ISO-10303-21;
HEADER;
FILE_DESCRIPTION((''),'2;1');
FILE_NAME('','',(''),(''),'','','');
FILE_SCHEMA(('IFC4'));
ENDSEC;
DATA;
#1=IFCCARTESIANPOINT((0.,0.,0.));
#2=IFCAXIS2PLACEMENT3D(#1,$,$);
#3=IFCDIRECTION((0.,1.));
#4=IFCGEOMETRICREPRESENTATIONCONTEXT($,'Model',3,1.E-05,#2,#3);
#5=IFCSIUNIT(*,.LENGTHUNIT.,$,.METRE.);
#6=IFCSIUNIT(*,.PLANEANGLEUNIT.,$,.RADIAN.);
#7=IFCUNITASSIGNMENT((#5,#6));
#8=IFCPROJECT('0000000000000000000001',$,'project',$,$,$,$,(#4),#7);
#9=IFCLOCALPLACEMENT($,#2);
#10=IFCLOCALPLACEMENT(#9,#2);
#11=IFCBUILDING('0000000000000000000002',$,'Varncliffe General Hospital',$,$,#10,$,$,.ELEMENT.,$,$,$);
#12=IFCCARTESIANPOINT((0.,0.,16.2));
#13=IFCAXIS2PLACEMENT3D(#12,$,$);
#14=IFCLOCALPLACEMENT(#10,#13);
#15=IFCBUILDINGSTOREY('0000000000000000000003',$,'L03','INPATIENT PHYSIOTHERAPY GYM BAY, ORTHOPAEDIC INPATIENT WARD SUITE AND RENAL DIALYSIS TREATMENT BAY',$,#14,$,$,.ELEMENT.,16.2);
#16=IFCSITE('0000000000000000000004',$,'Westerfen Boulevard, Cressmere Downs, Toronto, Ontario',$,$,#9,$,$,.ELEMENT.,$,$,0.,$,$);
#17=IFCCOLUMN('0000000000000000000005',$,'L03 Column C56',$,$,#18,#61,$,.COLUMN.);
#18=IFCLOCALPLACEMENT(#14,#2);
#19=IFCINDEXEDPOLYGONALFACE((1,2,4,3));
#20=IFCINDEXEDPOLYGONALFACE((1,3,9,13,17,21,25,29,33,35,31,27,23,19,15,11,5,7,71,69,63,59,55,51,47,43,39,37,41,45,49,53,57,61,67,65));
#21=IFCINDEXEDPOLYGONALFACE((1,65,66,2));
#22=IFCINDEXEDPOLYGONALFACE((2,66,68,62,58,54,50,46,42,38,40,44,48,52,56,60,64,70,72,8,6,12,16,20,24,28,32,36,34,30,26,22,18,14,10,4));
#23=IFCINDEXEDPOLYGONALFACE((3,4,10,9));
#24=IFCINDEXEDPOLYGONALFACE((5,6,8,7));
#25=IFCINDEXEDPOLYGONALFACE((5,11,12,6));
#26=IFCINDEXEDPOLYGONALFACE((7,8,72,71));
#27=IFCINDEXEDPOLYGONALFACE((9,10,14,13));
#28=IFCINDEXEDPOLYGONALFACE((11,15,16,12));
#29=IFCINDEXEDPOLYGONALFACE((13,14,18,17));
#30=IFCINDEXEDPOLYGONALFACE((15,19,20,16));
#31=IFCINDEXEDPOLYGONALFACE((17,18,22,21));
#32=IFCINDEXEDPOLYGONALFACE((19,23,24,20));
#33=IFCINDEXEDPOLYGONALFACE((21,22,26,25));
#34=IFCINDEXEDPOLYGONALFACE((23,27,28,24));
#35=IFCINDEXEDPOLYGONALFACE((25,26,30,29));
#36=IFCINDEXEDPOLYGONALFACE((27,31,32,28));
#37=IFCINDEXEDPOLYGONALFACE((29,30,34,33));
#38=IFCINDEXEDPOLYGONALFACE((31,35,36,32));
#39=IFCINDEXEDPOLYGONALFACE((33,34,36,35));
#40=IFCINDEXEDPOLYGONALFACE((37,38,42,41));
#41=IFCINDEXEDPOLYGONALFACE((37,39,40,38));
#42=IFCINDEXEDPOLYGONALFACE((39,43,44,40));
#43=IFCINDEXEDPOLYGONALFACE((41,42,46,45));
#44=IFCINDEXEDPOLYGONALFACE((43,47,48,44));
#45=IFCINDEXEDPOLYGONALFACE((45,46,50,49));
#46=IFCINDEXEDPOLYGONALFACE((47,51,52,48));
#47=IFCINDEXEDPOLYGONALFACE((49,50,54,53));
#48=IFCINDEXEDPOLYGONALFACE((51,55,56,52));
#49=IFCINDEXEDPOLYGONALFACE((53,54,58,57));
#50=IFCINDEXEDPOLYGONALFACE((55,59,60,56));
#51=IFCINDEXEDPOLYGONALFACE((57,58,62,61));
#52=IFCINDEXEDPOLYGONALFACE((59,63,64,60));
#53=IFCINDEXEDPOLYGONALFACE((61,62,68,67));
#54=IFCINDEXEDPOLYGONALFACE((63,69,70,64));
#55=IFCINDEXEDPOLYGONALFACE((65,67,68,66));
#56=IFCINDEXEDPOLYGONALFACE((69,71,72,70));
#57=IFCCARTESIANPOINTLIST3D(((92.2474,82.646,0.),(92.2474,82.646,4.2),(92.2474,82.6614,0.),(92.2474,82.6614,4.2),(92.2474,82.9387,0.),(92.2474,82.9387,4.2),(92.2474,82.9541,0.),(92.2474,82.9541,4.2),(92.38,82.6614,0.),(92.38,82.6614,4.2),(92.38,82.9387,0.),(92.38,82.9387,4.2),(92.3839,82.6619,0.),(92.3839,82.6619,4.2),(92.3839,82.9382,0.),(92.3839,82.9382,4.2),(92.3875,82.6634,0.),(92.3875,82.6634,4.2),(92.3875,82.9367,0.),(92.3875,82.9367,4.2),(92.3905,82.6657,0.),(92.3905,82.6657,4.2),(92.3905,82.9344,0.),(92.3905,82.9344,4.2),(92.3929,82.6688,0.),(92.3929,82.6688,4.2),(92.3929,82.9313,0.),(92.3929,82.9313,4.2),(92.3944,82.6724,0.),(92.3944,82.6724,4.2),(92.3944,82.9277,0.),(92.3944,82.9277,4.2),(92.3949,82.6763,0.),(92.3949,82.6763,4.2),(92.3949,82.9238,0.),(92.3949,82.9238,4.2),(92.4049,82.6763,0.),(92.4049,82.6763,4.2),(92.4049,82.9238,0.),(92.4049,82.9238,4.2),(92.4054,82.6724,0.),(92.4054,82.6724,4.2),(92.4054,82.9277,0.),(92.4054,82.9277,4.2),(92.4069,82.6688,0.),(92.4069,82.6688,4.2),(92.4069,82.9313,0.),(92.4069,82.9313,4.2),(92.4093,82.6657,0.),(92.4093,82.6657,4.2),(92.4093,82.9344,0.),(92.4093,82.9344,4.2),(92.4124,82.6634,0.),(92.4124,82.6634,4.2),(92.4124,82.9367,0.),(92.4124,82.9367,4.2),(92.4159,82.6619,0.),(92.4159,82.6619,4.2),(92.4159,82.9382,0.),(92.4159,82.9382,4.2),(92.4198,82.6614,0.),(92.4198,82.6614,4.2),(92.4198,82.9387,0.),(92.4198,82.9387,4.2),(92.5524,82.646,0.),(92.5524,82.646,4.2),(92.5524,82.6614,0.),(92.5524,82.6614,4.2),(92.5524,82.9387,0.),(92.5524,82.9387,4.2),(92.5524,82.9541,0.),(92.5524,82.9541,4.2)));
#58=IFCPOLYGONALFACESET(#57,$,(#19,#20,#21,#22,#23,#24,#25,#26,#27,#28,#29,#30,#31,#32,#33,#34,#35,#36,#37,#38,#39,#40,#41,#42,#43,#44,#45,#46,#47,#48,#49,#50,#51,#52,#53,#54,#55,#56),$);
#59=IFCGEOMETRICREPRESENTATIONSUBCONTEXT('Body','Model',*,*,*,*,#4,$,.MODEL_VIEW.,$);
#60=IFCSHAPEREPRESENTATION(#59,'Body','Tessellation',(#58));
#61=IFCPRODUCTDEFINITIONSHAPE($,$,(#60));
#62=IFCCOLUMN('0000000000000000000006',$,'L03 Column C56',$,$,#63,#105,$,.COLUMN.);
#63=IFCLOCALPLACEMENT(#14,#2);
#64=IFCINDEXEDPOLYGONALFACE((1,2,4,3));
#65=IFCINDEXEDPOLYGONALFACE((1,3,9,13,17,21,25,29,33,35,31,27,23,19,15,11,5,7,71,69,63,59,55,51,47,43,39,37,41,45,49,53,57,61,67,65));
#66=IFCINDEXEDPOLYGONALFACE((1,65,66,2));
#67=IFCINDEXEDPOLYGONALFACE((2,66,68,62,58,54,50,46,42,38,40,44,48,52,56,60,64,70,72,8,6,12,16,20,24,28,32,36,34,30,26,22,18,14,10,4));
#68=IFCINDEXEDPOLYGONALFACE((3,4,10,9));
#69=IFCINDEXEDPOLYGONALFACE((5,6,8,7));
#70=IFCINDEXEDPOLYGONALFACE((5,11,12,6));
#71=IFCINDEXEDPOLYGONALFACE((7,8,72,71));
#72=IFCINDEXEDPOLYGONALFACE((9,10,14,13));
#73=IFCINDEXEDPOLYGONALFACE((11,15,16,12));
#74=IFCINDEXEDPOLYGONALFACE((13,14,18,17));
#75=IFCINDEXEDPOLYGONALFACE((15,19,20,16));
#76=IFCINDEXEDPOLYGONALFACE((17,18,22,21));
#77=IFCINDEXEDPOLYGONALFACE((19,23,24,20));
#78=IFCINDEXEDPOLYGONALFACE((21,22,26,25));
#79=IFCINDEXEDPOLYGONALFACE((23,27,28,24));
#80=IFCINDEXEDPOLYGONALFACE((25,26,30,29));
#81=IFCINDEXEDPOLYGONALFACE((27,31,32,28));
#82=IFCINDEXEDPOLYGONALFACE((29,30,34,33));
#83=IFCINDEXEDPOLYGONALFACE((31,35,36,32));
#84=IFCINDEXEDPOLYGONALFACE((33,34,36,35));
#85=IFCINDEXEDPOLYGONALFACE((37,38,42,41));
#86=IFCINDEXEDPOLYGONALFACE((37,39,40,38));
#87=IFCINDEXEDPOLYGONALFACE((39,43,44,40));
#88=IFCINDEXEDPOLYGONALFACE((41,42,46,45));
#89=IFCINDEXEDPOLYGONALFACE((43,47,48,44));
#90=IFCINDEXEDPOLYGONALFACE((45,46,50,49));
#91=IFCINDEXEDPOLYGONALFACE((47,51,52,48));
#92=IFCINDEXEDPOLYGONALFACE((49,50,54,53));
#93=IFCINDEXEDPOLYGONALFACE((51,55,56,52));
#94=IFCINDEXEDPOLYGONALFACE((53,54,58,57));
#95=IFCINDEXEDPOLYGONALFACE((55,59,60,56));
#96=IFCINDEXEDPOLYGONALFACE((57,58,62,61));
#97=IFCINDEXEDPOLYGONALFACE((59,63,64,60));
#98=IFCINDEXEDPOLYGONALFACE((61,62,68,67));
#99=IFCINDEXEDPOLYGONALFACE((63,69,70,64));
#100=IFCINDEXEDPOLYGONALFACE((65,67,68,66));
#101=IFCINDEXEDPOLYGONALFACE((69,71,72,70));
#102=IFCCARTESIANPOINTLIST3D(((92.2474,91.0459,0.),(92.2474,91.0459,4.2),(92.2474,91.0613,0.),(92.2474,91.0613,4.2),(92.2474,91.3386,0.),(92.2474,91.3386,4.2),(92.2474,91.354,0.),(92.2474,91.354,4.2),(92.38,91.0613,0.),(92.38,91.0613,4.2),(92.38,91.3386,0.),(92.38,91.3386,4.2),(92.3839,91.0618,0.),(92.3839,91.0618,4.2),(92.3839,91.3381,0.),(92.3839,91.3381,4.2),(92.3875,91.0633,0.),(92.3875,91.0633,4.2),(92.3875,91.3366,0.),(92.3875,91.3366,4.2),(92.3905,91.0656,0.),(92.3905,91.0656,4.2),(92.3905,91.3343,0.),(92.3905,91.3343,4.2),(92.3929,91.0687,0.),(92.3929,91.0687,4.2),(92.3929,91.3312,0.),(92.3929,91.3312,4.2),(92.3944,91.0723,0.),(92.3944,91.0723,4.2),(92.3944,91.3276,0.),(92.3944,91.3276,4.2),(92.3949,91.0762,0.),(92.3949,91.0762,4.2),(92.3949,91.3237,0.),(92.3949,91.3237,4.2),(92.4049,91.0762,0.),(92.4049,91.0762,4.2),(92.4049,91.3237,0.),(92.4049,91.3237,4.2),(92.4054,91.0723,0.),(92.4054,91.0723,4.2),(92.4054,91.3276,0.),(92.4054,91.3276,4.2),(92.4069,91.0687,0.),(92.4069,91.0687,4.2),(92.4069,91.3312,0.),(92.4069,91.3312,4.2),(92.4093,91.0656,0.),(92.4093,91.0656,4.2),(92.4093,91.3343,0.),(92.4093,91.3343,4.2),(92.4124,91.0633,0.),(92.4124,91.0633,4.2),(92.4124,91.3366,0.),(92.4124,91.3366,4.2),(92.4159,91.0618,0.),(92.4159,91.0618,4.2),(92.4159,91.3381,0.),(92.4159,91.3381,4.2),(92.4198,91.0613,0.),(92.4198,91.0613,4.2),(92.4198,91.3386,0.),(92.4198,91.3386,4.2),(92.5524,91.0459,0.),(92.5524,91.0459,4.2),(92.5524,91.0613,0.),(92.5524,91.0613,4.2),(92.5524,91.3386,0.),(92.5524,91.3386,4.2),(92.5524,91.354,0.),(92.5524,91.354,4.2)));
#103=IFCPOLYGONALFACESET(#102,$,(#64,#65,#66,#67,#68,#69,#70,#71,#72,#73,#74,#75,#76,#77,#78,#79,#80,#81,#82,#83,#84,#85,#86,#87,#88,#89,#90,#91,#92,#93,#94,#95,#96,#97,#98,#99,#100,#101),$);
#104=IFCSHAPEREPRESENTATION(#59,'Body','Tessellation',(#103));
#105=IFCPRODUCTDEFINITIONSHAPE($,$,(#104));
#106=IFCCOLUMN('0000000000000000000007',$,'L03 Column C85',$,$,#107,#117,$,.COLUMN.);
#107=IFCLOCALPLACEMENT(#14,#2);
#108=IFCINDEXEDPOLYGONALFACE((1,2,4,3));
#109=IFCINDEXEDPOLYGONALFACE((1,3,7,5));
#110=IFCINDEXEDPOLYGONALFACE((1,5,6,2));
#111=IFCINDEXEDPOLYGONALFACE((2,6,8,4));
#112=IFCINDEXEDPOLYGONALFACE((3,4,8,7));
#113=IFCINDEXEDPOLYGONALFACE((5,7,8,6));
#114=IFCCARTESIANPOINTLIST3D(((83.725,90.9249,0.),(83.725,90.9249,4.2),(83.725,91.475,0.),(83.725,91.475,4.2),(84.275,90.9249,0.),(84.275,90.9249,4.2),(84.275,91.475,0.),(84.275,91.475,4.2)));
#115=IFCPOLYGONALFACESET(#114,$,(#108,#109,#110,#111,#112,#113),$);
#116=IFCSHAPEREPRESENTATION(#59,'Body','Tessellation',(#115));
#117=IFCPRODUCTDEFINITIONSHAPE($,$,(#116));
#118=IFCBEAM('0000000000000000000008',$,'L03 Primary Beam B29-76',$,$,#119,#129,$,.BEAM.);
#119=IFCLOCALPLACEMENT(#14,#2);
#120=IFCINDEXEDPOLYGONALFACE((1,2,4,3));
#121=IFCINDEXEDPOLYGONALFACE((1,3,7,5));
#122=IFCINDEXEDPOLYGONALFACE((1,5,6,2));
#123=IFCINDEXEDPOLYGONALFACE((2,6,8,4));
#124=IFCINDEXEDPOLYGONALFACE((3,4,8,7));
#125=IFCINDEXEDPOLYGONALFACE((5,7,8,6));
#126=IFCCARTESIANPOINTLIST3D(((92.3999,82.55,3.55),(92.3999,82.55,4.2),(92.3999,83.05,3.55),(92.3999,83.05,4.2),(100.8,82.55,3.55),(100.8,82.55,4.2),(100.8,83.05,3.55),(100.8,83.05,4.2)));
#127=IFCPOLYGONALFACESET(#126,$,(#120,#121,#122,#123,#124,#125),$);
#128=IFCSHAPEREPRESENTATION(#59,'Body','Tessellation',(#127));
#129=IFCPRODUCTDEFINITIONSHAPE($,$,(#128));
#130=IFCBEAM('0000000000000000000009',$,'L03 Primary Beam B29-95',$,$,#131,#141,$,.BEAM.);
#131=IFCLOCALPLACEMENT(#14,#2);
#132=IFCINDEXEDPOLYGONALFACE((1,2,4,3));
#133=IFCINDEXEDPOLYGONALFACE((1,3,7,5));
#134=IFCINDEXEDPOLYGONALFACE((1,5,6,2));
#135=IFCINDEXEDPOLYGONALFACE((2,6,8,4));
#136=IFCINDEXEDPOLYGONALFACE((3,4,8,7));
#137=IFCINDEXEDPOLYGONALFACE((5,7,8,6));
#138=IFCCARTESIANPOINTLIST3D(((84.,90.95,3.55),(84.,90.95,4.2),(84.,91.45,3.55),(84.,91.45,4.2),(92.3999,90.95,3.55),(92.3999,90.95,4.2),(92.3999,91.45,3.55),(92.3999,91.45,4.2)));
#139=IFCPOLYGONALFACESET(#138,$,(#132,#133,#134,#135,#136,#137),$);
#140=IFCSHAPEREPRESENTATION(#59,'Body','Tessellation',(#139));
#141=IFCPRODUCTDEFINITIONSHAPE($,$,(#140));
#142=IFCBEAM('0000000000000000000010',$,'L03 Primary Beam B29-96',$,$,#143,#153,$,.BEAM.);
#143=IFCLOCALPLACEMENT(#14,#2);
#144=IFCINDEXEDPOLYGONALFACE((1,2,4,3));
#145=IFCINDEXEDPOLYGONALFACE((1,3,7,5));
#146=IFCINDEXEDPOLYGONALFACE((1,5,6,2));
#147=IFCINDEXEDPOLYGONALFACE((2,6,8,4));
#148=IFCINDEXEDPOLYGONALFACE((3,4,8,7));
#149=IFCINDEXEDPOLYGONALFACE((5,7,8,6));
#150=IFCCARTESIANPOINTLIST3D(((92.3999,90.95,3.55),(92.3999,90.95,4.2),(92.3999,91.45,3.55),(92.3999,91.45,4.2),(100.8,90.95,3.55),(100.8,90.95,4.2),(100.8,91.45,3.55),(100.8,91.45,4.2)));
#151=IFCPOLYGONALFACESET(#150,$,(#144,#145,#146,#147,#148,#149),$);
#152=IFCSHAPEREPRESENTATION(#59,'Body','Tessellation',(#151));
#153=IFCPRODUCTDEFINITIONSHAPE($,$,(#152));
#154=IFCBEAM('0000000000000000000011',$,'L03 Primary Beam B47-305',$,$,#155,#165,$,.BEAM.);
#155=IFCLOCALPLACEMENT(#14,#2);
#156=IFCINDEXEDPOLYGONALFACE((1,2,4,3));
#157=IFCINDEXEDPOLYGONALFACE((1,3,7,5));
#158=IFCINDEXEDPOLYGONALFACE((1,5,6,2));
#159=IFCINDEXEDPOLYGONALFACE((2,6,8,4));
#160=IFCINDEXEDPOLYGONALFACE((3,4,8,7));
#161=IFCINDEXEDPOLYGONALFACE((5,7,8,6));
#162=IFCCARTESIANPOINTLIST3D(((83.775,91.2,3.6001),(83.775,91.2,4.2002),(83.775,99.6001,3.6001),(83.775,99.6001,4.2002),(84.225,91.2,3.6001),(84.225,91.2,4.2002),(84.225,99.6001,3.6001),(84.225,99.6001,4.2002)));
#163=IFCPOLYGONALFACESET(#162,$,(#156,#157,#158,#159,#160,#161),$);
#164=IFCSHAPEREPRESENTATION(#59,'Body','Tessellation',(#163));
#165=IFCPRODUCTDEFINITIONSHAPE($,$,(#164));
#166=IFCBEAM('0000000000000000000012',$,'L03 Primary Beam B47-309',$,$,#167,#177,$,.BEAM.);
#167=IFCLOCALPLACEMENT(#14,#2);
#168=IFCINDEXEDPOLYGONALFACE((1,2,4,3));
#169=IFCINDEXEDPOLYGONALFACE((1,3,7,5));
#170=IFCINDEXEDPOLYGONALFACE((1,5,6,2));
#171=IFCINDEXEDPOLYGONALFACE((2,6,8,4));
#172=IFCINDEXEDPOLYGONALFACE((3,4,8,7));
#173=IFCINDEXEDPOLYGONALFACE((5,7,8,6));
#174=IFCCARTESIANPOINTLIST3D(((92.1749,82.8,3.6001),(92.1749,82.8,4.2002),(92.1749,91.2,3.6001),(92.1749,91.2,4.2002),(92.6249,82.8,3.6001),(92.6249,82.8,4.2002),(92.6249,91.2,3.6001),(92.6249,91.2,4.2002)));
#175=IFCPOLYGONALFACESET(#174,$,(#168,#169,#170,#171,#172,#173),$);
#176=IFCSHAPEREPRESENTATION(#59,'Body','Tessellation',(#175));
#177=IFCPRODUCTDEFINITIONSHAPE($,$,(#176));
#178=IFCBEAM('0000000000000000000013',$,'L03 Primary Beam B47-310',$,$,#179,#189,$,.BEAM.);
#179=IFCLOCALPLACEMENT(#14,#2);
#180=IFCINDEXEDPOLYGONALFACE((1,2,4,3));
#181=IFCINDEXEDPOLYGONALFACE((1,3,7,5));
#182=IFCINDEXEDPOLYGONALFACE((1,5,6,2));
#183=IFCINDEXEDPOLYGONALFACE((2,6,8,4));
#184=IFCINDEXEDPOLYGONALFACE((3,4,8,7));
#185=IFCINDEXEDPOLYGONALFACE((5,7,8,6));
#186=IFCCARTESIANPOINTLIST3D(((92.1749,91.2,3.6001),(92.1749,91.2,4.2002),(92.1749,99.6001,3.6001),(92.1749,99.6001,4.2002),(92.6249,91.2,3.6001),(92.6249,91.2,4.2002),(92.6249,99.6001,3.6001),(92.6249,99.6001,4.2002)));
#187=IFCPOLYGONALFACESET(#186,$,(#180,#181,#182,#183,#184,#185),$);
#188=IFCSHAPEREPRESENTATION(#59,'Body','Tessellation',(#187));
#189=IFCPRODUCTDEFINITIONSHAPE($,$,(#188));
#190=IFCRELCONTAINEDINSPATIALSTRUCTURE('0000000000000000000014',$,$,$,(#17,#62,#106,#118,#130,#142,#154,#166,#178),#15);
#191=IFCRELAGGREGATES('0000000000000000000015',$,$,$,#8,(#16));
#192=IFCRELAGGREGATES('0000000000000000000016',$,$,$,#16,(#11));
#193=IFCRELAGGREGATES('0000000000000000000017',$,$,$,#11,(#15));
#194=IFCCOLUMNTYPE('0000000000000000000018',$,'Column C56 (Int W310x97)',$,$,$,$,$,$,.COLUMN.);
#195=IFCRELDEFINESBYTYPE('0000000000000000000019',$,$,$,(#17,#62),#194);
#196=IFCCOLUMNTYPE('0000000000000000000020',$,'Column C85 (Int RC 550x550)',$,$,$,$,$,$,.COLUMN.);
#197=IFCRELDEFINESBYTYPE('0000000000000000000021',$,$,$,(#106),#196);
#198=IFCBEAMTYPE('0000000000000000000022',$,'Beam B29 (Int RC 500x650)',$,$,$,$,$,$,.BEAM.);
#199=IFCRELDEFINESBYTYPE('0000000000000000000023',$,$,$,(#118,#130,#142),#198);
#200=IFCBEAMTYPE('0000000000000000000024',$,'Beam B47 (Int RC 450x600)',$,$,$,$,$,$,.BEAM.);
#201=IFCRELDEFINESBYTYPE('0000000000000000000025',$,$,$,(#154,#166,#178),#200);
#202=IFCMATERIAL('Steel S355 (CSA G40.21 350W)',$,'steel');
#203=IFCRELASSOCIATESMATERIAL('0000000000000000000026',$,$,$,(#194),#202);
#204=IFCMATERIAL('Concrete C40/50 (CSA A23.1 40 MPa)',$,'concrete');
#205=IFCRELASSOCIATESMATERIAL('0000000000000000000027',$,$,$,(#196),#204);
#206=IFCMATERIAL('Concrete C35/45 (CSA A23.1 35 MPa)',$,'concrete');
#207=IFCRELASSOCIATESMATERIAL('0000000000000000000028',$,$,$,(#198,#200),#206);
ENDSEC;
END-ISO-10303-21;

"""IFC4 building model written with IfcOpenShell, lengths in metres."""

from ifc_helpers import new_model, si_unit, direction, frame, origin, origin_2d, place, context, subcontext, project, spatial, rectangle, i_section, extrude, material, material_profile, profile_set, type_object, element, save


model = new_model("IFC4")

# Units and contexts
model_context = context("Model", 3, precision=1e-05, world=origin(), true_north=direction((0.0, 1.0)))
body_context = subcontext(model_context, "Body", "Model", "MODEL_VIEW")
ifc_project = project(units=[si_unit("LENGTHUNIT", "METRE"), si_unit("PLANEANGLEUNIT", "RADIAN")], contexts=[model_context])

# Site, building, storey
site_placement = place(None, origin())
site = spatial("IfcSite", under=ifc_project, at=site_placement, Name="Westerfen Boulevard, Cressmere Downs, Toronto, Ontario", CompositionType="ELEMENT", RefElevation=0.0)
building_placement = place(site_placement, origin())
building = spatial("IfcBuilding", under=site, at=building_placement, Name="Varncliffe General Hospital", CompositionType="ELEMENT")
storey_placement = place(building_placement, frame((0.0, 0.0, 16.2)))
storey = spatial("IfcBuildingStorey", under=building, at=storey_placement, Name="L03", Description="INPATIENT PHYSIOTHERAPY GYM BAY, ORTHOPAEDIC INPATIENT WARD SUITE AND RENAL DIALYSIS TREATMENT BAY", CompositionType="ELEMENT", Elevation=16.2)

# Columns
ifc_material_1 = material(Name="Steel S355 (CSA G40.21 350W)", Category="steel")
ifc_material_profile_1 = material_profile(ifc_material_1, i_section(OverallWidth=0.3049, OverallDepth=0.3081, WebThickness=0.01, FlangeThickness=0.0154, FilletRadius=0.0149, at=origin_2d()), Name="W310x97")
ifc_profile_set_1 = profile_set([ifc_material_profile_1], Name="Steel S355 (CSA G40.21 350W)")
column_type_1 = type_object("IfcColumnType", Name="Column C56 (Int W310x97)", PredefinedType="COLUMN", material=ifc_profile_set_1)
for number, where, z_axis, x_axis, name in (
    (1, (92.3999, 82.8, 0.0), (0.0, 0.0, 1.0), (1.0, 0.0, 0.0), "L03 Column C56"),
    (2, (92.3999, 91.2, 0.0), (0.0, 0.0, 1.0), (1.0, 0.0, 0.0), "L03 Column C56"),
):
    element("IfcColumn", number, at=place(storey_placement, frame(where, z_axis=z_axis, x_axis=x_axis)), inside=storey, type_object=column_type_1, Name=name, PredefinedType="COLUMN", context=body_context, shape_type="SweptSolid", body=[
        extrude(i_section(OverallWidth=0.3049, OverallDepth=0.3081, WebThickness=0.01, FlangeThickness=0.0154, FilletRadius=0.0149, at=origin_2d()), origin(), (0.0, 0.0, 1.0), 4.2),
    ])
ifc_material_2 = material(Name="Concrete C40/50 (CSA A23.1 40 MPa)", Category="concrete")
ifc_material_profile_2 = material_profile(ifc_material_2, rectangle(XDim=0.55, YDim=0.55, at=origin_2d()), Name="RC 550x550")
ifc_profile_set_2 = profile_set([ifc_material_profile_2], Name="Concrete C40/50 (CSA A23.1 40 MPa)")
column_type_2 = type_object("IfcColumnType", Name="Column C85 (Int RC 550x550)", PredefinedType="COLUMN", material=ifc_profile_set_2)
column_placement = place(storey_placement, frame((84.0, 91.2, 0.0), z_axis=(0.0, 0.0, 1.0), x_axis=(1.0, 0.0, 0.0)))
element("IfcColumn", 3, at=column_placement, inside=storey, type_object=column_type_2, Name="L03 Column C85", PredefinedType="COLUMN", context=body_context, shape_type="SweptSolid", body=[
    extrude(rectangle(XDim=0.55, YDim=0.55, at=origin_2d()), origin(), (0.0, 0.0, 1.0), 4.2),
])

# Beams
ifc_material_3 = material(Name="Concrete C35/45 (CSA A23.1 35 MPa)", Category="concrete")
ifc_material_profile_3 = material_profile(ifc_material_3, rectangle(XDim=0.5, YDim=0.6499, at=origin_2d()), Name="RC 500x650")
ifc_profile_set_3 = profile_set([ifc_material_profile_3], Name="Concrete C35/45 (CSA A23.1 35 MPa)")
beam_type_1 = type_object("IfcBeamType", Name="Beam B29 (Int RC 500x650)", PredefinedType="BEAM", material=ifc_profile_set_3)
beam_1_placement = place(storey_placement, frame((92.3999, 82.8, 3.875), z_axis=(1.0, 0.0, 0.0), x_axis=(0.0, 1.0, 0.0)))
element("IfcBeam", 4, at=beam_1_placement, inside=storey, type_object=beam_type_1, Name="L03 Primary Beam B29-76", PredefinedType="BEAM", context=body_context, shape_type="SweptSolid", body=[
    extrude(rectangle(XDim=0.5, YDim=0.6499, at=origin_2d()), origin(), (0.0, 0.0, 1.0), 8.4001),
])
beam_2_placement = place(storey_placement, frame((84.0, 91.2, 3.875), z_axis=(1.0, 0.0, 0.0), x_axis=(0.0, 1.0, 0.0)))
element("IfcBeam", 5, at=beam_2_placement, inside=storey, type_object=beam_type_1, Name="L03 Primary Beam B29-95", PredefinedType="BEAM", context=body_context, shape_type="SweptSolid", body=[
    extrude(rectangle(XDim=0.5, YDim=0.6499, at=origin_2d()), origin(), (0.0, 0.0, 1.0), 8.3999),
])
beam_3_placement = place(storey_placement, frame((92.3999, 91.2, 3.875), z_axis=(1.0, 0.0, 0.0), x_axis=(0.0, 1.0, 0.0)))
element("IfcBeam", 6, at=beam_3_placement, inside=storey, type_object=beam_type_1, Name="L03 Primary Beam B29-96", PredefinedType="BEAM", context=body_context, shape_type="SweptSolid", body=[
    extrude(rectangle(XDim=0.5, YDim=0.6499, at=origin_2d()), origin(), (0.0, 0.0, 1.0), 8.4001),
])
ifc_material_profile_4 = material_profile(ifc_material_3, rectangle(XDim=0.45, YDim=0.6001, at=origin_2d()), Name="RC 450x600")
ifc_profile_set_4 = profile_set([ifc_material_profile_4], Name="Concrete C35/45 (CSA A23.1 35 MPa)")
beam_type_2 = type_object("IfcBeamType", Name="Beam B47 (Int RC 450x600)", PredefinedType="BEAM", material=ifc_profile_set_4)
beam_4_placement = place(storey_placement, frame((84.0, 91.2, 3.9001), z_axis=(0.0, 1.0, 0.0), x_axis=(-1.0, 0.0, 0.0)))
element("IfcBeam", 7, at=beam_4_placement, inside=storey, type_object=beam_type_2, Name="L03 Primary Beam B47-305", PredefinedType="BEAM", context=body_context, shape_type="SweptSolid", body=[
    extrude(rectangle(XDim=0.45, YDim=0.6001, at=origin_2d()), origin(), (0.0, 0.0, 1.0), 8.4001),
])
beam_5_placement = place(storey_placement, frame((92.3999, 82.8, 3.9001), z_axis=(0.0, 1.0, 0.0), x_axis=(-1.0, 0.0, 0.0)))
element("IfcBeam", 8, at=beam_5_placement, inside=storey, type_object=beam_type_2, Name="L03 Primary Beam B47-309", PredefinedType="BEAM", context=body_context, shape_type="SweptSolid", body=[
    extrude(rectangle(XDim=0.45, YDim=0.6001, at=origin_2d()), origin(), (0.0, 0.0, 1.0), 8.3999),
])
beam_6_placement = place(storey_placement, frame((92.3999, 91.2, 3.9001), z_axis=(0.0, 1.0, 0.0), x_axis=(-1.0, 0.0, 0.0)))
element("IfcBeam", 9, at=beam_6_placement, inside=storey, type_object=beam_type_2, Name="L03 Primary Beam B47-310", PredefinedType="BEAM", context=body_context, shape_type="SweptSolid", body=[
    extrude(rectangle(XDim=0.45, YDim=0.6001, at=origin_2d()), origin(), (0.0, 0.0, 1.0), 8.4001),
])

save(model, "model.ifc")
